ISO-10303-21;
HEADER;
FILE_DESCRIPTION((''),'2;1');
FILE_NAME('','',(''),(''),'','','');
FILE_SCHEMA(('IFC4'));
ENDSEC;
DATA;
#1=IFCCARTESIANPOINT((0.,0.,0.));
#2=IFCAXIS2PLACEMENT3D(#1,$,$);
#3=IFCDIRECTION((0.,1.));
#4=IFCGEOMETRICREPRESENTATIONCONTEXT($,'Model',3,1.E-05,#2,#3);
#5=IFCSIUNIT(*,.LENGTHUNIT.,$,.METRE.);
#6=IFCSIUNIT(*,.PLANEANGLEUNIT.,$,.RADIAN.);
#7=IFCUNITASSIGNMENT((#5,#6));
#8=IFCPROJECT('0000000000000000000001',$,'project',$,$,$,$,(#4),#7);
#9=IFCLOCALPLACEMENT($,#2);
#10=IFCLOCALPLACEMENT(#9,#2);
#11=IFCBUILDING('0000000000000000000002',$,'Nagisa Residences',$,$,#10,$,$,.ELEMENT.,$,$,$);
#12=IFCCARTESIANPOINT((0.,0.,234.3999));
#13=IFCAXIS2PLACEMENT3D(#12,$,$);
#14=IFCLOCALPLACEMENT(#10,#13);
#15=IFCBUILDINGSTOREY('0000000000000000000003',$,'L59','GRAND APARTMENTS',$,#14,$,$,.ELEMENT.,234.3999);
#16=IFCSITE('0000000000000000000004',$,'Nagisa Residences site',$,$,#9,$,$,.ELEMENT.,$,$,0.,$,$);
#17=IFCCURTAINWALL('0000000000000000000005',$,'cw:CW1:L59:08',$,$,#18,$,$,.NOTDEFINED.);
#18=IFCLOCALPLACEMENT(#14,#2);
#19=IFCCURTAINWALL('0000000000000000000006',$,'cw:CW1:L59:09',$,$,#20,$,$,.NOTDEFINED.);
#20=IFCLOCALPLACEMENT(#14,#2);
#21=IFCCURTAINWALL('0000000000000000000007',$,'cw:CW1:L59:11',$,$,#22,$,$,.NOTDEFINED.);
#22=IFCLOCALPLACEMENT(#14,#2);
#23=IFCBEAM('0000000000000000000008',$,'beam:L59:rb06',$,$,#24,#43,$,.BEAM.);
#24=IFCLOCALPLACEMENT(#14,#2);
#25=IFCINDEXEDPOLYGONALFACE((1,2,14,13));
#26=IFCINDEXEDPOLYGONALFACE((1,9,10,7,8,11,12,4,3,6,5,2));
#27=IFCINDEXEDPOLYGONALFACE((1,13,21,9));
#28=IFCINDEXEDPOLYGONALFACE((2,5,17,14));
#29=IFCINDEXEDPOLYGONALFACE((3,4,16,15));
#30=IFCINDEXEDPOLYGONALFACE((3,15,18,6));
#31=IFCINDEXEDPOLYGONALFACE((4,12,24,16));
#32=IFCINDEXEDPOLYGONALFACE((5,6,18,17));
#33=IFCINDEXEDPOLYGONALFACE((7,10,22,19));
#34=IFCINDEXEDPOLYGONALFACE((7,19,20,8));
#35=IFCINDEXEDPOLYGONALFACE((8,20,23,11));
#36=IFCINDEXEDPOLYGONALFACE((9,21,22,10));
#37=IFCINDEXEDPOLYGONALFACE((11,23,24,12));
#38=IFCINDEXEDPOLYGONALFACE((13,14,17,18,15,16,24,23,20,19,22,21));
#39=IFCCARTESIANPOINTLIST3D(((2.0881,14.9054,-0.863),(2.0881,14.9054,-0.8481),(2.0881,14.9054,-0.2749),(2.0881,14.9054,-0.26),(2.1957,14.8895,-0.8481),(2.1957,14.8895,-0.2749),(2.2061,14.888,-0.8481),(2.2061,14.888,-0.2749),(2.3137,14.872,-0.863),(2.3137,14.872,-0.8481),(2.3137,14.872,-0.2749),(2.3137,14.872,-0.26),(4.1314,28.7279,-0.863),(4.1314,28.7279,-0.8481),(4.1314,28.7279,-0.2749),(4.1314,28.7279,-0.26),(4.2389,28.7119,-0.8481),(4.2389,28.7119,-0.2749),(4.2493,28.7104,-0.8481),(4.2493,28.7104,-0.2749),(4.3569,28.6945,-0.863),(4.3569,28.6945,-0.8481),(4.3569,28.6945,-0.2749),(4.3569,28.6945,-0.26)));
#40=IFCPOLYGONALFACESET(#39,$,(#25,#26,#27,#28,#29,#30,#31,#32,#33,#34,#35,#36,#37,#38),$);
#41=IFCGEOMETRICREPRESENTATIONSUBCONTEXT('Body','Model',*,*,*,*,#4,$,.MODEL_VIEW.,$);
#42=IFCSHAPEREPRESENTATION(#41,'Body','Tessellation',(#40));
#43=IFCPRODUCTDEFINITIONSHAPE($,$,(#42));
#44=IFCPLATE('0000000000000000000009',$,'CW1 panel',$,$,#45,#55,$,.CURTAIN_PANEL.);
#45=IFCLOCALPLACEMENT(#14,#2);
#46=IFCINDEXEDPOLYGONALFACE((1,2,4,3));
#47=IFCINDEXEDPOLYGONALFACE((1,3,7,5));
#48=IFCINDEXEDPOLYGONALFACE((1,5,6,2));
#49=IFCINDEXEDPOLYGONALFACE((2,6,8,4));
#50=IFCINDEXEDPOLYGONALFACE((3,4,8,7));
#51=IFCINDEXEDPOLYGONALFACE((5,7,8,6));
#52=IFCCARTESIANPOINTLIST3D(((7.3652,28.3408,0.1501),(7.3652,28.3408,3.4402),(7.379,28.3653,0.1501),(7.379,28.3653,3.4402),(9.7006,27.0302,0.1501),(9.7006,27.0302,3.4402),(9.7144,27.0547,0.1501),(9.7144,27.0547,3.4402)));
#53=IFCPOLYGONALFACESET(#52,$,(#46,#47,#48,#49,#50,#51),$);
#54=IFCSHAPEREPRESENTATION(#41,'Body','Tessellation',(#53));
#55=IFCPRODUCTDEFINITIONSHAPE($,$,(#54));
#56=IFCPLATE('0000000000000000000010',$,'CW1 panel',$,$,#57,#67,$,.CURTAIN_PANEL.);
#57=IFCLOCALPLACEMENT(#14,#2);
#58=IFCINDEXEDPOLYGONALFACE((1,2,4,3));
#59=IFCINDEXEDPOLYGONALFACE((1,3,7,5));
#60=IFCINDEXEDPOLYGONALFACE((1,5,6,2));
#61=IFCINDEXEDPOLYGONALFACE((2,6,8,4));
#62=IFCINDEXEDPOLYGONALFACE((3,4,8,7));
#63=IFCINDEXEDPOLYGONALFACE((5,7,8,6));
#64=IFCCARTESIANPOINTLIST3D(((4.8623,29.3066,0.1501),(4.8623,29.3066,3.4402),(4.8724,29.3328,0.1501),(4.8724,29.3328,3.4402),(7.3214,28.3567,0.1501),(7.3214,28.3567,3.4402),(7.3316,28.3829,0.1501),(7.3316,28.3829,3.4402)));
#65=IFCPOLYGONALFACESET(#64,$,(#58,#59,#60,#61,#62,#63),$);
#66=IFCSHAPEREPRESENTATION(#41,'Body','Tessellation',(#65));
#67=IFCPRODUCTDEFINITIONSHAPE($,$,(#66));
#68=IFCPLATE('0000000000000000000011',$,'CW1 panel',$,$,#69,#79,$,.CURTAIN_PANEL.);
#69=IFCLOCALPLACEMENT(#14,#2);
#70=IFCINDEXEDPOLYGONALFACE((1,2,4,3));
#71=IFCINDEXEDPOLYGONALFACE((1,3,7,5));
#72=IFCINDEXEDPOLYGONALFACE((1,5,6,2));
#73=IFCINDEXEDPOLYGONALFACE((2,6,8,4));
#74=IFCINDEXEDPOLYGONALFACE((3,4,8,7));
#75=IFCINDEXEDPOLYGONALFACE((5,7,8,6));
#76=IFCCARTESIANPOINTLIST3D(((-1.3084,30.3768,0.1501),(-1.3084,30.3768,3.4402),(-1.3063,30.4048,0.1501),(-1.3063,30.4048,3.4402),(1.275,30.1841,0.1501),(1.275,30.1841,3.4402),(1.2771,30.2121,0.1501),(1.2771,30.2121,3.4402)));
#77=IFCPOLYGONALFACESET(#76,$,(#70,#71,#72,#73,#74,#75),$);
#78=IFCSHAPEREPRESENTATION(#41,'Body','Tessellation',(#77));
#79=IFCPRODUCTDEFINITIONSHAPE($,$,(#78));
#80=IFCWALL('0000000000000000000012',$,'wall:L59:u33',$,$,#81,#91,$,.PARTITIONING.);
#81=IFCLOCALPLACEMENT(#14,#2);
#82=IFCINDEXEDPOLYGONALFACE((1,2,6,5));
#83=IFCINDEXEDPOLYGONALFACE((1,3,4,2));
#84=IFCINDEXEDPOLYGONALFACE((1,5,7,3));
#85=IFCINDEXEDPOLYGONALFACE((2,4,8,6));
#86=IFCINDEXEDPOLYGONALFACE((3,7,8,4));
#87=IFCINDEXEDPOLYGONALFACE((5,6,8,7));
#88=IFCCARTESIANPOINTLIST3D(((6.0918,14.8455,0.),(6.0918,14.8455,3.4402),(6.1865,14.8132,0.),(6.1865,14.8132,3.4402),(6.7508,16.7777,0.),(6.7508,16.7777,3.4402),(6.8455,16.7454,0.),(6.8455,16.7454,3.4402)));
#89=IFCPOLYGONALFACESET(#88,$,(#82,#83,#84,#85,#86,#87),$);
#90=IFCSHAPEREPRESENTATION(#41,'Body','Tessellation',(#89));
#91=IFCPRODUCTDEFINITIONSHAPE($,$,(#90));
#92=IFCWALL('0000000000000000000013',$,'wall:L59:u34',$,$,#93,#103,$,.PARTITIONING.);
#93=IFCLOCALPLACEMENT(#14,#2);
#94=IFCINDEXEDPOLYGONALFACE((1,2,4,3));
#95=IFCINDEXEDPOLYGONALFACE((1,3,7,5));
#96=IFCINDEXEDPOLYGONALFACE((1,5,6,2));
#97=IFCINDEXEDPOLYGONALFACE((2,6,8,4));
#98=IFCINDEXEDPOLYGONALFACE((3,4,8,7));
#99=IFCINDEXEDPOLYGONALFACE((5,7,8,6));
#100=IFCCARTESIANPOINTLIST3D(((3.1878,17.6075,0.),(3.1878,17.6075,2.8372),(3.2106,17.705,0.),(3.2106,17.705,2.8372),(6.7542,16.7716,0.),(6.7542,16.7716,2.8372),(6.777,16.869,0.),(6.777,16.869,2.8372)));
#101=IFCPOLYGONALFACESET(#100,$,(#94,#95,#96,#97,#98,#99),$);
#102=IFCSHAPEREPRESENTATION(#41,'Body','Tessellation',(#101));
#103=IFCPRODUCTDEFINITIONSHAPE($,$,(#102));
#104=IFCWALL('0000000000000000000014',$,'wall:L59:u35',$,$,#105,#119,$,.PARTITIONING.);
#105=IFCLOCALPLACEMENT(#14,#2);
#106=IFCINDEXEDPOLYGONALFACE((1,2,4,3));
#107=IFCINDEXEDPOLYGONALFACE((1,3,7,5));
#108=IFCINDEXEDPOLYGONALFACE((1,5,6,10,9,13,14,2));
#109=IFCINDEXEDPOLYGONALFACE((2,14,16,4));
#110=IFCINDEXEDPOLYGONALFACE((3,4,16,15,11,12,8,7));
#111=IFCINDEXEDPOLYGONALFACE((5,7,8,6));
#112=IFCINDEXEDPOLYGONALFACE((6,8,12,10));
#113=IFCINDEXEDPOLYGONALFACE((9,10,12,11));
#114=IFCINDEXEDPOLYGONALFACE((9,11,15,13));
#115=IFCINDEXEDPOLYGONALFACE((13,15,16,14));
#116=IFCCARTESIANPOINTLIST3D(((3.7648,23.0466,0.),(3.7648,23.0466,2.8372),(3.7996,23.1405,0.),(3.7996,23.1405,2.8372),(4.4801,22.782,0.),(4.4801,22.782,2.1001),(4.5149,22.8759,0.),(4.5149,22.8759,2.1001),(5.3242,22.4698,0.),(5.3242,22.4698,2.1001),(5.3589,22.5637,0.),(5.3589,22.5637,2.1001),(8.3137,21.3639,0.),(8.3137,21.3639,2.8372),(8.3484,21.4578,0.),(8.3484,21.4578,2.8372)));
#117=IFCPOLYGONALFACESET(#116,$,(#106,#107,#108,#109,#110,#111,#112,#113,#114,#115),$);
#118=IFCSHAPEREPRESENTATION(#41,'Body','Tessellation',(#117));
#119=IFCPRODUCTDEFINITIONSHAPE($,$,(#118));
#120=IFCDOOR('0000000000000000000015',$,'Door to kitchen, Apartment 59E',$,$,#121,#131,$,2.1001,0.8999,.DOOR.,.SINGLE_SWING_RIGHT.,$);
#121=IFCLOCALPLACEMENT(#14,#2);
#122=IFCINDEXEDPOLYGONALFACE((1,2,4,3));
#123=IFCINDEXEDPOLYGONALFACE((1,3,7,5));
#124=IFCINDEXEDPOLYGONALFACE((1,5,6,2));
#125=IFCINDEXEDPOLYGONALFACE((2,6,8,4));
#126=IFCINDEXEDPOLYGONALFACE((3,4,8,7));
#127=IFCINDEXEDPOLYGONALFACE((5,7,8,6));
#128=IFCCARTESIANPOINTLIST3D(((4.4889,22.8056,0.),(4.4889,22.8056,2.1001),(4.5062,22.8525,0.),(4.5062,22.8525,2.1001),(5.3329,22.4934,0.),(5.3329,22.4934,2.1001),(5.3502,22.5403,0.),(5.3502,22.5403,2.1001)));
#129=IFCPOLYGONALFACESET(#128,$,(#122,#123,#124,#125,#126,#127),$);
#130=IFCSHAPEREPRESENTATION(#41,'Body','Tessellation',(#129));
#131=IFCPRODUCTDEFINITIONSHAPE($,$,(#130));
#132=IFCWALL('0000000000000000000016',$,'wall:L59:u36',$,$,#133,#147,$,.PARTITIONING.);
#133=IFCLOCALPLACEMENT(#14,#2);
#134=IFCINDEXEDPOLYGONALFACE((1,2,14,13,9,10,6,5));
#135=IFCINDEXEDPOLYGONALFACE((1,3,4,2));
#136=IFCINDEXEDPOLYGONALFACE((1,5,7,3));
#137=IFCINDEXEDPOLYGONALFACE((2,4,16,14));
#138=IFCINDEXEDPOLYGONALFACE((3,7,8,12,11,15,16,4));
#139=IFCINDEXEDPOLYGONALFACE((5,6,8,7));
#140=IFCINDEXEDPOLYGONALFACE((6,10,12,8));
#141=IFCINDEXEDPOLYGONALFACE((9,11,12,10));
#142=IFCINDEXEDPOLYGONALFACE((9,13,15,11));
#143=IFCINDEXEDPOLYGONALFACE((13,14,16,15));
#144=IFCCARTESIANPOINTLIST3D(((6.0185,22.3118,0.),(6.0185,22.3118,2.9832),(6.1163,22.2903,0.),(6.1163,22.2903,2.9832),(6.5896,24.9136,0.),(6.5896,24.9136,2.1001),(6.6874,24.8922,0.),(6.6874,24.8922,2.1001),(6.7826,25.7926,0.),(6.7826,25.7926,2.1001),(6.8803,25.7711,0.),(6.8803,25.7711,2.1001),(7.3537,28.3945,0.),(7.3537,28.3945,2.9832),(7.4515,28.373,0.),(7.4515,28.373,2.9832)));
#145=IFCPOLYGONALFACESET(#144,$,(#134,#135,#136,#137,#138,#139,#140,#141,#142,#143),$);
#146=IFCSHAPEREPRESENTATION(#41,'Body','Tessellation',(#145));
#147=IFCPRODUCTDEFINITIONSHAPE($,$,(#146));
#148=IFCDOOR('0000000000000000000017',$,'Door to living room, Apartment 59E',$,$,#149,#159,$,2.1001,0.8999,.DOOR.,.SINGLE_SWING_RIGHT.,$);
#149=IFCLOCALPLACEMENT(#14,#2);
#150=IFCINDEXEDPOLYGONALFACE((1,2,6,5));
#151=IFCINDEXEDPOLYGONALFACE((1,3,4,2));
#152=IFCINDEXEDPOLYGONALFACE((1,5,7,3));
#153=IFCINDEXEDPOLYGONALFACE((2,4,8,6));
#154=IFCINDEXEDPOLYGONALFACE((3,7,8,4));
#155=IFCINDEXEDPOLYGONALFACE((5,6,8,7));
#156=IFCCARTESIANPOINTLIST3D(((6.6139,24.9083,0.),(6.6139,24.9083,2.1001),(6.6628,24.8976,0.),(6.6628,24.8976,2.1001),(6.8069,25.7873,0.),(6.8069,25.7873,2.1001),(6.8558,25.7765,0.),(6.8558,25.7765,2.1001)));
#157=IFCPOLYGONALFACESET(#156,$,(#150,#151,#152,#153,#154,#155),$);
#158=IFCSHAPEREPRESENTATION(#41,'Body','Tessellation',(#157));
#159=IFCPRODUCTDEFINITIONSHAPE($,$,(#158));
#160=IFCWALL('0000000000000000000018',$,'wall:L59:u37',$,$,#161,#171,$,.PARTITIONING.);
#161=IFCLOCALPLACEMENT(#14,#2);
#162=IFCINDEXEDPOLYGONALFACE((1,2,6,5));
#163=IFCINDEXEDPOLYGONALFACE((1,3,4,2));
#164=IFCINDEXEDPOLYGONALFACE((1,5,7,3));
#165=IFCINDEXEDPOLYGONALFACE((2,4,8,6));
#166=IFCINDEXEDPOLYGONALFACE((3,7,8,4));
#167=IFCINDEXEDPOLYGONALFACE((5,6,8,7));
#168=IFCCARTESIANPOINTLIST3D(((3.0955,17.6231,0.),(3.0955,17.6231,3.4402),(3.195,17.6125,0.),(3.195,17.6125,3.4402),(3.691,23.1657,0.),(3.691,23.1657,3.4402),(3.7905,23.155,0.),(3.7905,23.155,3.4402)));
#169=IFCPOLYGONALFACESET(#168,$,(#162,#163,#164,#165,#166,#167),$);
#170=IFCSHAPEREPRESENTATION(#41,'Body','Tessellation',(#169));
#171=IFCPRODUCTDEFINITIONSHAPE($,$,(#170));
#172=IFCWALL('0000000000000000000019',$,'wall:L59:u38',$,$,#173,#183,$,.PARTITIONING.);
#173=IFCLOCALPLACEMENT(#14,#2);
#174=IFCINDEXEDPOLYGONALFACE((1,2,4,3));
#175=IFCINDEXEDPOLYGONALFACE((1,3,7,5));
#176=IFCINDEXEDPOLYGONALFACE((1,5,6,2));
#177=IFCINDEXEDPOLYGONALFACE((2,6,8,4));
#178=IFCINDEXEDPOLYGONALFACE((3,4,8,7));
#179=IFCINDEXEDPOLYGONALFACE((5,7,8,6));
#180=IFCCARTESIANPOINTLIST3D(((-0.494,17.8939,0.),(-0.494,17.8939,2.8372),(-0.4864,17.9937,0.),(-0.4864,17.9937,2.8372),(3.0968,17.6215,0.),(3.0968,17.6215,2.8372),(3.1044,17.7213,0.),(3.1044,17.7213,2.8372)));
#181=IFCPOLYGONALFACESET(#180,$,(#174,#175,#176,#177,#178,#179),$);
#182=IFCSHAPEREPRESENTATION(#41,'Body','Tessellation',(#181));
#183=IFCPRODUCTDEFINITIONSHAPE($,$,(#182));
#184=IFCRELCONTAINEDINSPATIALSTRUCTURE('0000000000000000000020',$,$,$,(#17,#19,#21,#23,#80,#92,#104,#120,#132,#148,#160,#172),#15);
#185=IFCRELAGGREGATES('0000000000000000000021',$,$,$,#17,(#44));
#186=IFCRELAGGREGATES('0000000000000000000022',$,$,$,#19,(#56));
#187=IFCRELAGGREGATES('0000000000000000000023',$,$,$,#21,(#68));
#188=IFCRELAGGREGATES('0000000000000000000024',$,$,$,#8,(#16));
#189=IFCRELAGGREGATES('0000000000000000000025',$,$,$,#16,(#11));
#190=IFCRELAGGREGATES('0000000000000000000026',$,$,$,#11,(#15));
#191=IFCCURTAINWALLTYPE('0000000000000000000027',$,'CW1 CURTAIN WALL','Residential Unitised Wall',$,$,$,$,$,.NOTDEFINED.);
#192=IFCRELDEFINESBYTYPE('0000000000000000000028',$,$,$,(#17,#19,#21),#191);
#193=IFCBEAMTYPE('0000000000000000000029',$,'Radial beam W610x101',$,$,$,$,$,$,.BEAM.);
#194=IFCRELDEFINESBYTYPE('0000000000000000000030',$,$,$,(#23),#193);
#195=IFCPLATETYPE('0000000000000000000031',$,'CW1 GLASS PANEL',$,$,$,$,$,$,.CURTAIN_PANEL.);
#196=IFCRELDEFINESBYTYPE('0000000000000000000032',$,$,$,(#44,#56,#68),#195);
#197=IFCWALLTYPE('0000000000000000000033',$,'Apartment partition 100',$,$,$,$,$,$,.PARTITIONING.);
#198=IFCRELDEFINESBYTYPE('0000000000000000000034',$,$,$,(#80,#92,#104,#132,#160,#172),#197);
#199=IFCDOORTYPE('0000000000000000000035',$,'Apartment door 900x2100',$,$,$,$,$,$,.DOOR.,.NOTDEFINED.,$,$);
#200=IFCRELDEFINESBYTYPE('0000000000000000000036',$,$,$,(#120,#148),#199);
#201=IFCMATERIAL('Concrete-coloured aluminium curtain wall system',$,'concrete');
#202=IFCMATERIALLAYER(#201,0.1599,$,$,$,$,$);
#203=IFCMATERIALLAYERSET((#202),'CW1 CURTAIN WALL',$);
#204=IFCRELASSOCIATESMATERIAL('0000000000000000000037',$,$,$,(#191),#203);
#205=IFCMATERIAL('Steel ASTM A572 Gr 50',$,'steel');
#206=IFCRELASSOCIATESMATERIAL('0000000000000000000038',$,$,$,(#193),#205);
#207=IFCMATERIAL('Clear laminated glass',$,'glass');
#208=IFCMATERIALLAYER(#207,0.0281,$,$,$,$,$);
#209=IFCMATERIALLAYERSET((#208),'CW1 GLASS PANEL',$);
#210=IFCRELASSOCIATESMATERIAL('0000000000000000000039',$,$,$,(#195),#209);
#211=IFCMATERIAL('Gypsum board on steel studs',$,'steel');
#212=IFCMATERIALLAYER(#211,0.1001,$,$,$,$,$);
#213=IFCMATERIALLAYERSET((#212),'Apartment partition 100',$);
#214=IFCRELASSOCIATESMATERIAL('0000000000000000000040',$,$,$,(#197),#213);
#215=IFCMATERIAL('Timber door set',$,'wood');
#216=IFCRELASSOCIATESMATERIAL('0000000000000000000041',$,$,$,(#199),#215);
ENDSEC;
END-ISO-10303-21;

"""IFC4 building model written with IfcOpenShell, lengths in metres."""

from ifc_helpers import new_model, si_unit, direction, frame, frame_2d, origin, origin_2d, place, context, subcontext, project, spatial, rectangle, i_section, extrude, material, layer, layer_set, material_profile, profile_set, type_object, element, fill, aggregate, save


model = new_model("IFC4")

# Units and contexts
model_context = context("Model", 3, precision=1e-05, world=origin(), true_north=direction((0.0, 1.0)))
body_context = subcontext(model_context, "Body", "Model", "MODEL_VIEW")
ifc_project = project(units=[si_unit("LENGTHUNIT", "METRE"), si_unit("PLANEANGLEUNIT", "RADIAN")], contexts=[model_context])

# Site, building, storey
site_placement = place(None, origin())
site = spatial("IfcSite", under=ifc_project, at=site_placement, Name="Nagisa Residences site", CompositionType="ELEMENT", RefElevation=0.0)
building_placement = place(site_placement, origin())
building = spatial("IfcBuilding", under=site, at=building_placement, Name="Nagisa Residences", CompositionType="ELEMENT")
storey_placement = place(building_placement, frame((0.0, 0.0, 234.3999)))
storey = spatial("IfcBuildingStorey", under=building, at=storey_placement, Name="L59", Description="GRAND APARTMENTS", CompositionType="ELEMENT", Elevation=234.3999)

# Curtain walls
ifc_material_1 = material(Name="Concrete-coloured aluminium curtain wall system", Category="concrete")
ifc_layer_1 = layer(ifc_material_1, 0.1599)
ifc_layer_set_1 = layer_set([ifc_layer_1], Name="CW1 CURTAIN WALL")
curtain_wall_type = type_object("IfcCurtainWallType", Name="CW1 CURTAIN WALL", Description="Residential Unitised Wall", PredefinedType="NOTDEFINED", material=ifc_layer_set_1)
curtain_wall_1_placement = place(storey_placement, origin())
curtain_wall_1 = element("IfcCurtainWall", 1, at=curtain_wall_1_placement, inside=storey, type_object=curtain_wall_type, Name="cw:CW1:L59:08", PredefinedType="NOTDEFINED")
curtain_wall_2_placement = place(storey_placement, origin())
curtain_wall_2 = element("IfcCurtainWall", 2, at=curtain_wall_2_placement, inside=storey, type_object=curtain_wall_type, Name="cw:CW1:L59:09", PredefinedType="NOTDEFINED")
curtain_wall_3_placement = place(storey_placement, origin())
curtain_wall_3 = element("IfcCurtainWall", 3, at=curtain_wall_3_placement, inside=storey, type_object=curtain_wall_type, Name="cw:CW1:L59:11", PredefinedType="NOTDEFINED")

# Beam
ifc_material_2 = material(Name="Steel ASTM A572 Gr 50", Category="steel")
ifc_material_profile_1 = material_profile(ifc_material_2, i_section(OverallWidth=0.228, OverallDepth=0.603, WebThickness=0.0105, FlangeThickness=0.0149, at=origin_2d()), Name="W610x101")
ifc_profile_set_1 = profile_set([ifc_material_profile_1], Name="Steel ASTM A572 Gr 50")
beam_type_1 = type_object("IfcBeamType", Name="Radial beam W610x101", PredefinedType="BEAM", material=ifc_profile_set_1)
beam_1_placement = place(storey_placement, frame((4.2441, 28.7112, -0.5615), z_axis=(-0.146229, -0.989251, 0.0), x_axis=(0.989251, -0.146229, 0.0)))
element("IfcBeam", 4, at=beam_1_placement, inside=storey, type_object=beam_type_1, Name="beam:L59:rb06", PredefinedType="BEAM", context=body_context, shape_type="SweptSolid", body=[
    extrude(i_section(OverallWidth=0.228, OverallDepth=0.603, WebThickness=0.0105, FlangeThickness=0.0149, at=origin_2d()), origin(), (0.0, 0.0, 1.0), 13.9727),
])

# Plates
ifc_material_3 = material(Name="Clear laminated glass", Category="glass")
ifc_layer_2 = layer(ifc_material_3, 0.0281)
ifc_layer_set_2 = layer_set([ifc_layer_2], Name="CW1 GLASS PANEL")
plate_type = type_object("IfcPlateType", Name="CW1 GLASS PANEL", PredefinedType="CURTAIN_PANEL", material=ifc_layer_set_2)
plate_1_placement = place(storey_placement, frame((8.5398, 27.6978, 0.1501), z_axis=(0.0, 0.0, 1.0), x_axis=(-0.872072, 0.489377, 0.0)))
plate_1 = element("IfcPlate", 5, at=plate_1_placement, type_object=plate_type, Name="CW1 panel", PredefinedType="CURTAIN_PANEL", context=body_context, shape_type="SweptSolid", body=[
    extrude(rectangle(XDim=2.678, YDim=0.0281, at=origin_2d()), origin(), (0.0, 0.0, 1.0), 3.29),
])
aggregate(curtain_wall_1, [plate_1])
plate_2_placement = place(storey_placement, frame((6.0969, 28.8447, 0.1501), z_axis=(0.0, 0.0, 1.0), x_axis=(-0.932826, 0.360328, 0.0)))
plate_2 = element("IfcPlate", 6, at=plate_2_placement, type_object=plate_type, Name="CW1 panel", PredefinedType="CURTAIN_PANEL", context=body_context, shape_type="SweptSolid", body=[
    extrude(rectangle(XDim=2.6362, YDim=0.0281, at=origin_2d()), origin(), (0.0, 0.0, 1.0), 3.29),
])
aggregate(curtain_wall_2, [plate_2])
plate_3_placement = place(storey_placement, frame((-0.0156, 30.2944, 0.1501), z_axis=(0.0, 0.0, 1.0), x_axis=(-0.99723, 0.074377, 0.0)))
plate_3 = element("IfcPlate", 7, at=plate_3_placement, type_object=plate_type, Name="CW1 panel", PredefinedType="CURTAIN_PANEL", context=body_context, shape_type="SweptSolid", body=[
    extrude(rectangle(XDim=2.5906, YDim=0.0281, at=origin_2d()), origin(), (0.0, 0.0, 1.0), 3.29),
])
aggregate(curtain_wall_3, [plate_3])

# Walls
ifc_material_4 = material(Name="Gypsum board on steel studs", Category="steel")
ifc_layer_3 = layer(ifc_material_4, 0.1001)
ifc_layer_set_3 = layer_set([ifc_layer_3], Name="Apartment partition 100")
wall_type_1 = type_object("IfcWallType", Name="Apartment partition 100", PredefinedType="PARTITIONING", material=ifc_layer_set_3)
wall_1_placement = place(storey_placement, frame((6.1392, 14.8293, 0.0), z_axis=(0.0, 0.0, 1.0), x_axis=(0.322786, 0.946472, 0.0)))
element("IfcWall", 8, at=wall_1_placement, inside=storey, type_object=wall_type_1, Name="wall:L59:u33", PredefinedType="PARTITIONING", context=body_context, shape_type="SweptSolid", body=[
    extrude(rectangle(XDim=2.0415, YDim=0.1001, at=frame_2d((1.0208, 0.0))), origin(), (0.0, 0.0, 1.0), 3.4402),
])
wall_2_placement = place(storey_placement, frame((6.7656, 16.8203, 0.0), z_axis=(0.0, 0.0, 1.0), x_axis=(-0.973613, 0.228207, 0.0)))
element("IfcWall", 9, at=wall_2_placement, inside=storey, type_object=wall_type_1, Name="wall:L59:u34", PredefinedType="PARTITIONING", context=body_context, shape_type="SweptSolid", body=[
    extrude(rectangle(XDim=3.6631, YDim=0.1001, at=frame_2d((1.8315, 0.0))), origin(), (0.0, 0.0, 1.0), 2.8372),
])

# Walls, openings, doors
wall_3_placement = place(storey_placement, frame((8.3311, 21.4109, 0.0), z_axis=(0.0, 0.0, 1.0), x_axis=(-0.937892, 0.346927, 0.0)))
wall_3 = element("IfcWall", 10, at=wall_3_placement, inside=storey, type_object=wall_type_1, Name="wall:L59:u35", PredefinedType="PARTITIONING", context=body_context, shape_type="SweptSolid", body=[
    extrude(rectangle(XDim=4.8501, YDim=0.1001, at=frame_2d((2.425, 0.0))), origin(), (0.0, 0.0, 1.0), 2.8372),
])
opening_1_placement = place(wall_3_placement, frame((3.1875, 0.0, 0.0)))
opening_1 = element("IfcOpeningElement", 11, at=opening_1_placement, cuts=wall_3, PredefinedType="OPENING", context=body_context, shape_type="SweptSolid", body=[
    extrude(rectangle(XDim=0.8999, YDim=2.1001, at=frame_2d((0.45, 1.05))), frame((0.0, 0.0601, 0.0), z_axis=(0.0, -1.0, 0.0), x_axis=(1.0, 0.0, 0.0)), (0.0, 0.0, 1.0), 0.1201),
])
ifc_material_5 = material(Name="Timber door set", Category="wood")
door_type_1 = type_object("IfcDoorType", Name="Apartment door 900x2100", OperationType="NOTDEFINED", PredefinedType="DOOR", material=ifc_material_5)
door_1_placement = place(opening_1_placement, origin())
door_1 = element("IfcDoor", 12, at=door_1_placement, inside=storey, type_object=door_type_1, Name="Door to kitchen, Apartment 59E", OperationType="SINGLE_SWING_RIGHT", OverallHeight=2.1001, OverallWidth=0.8999, PredefinedType="DOOR", context=body_context, shape_type="SweptSolid", body=[
    extrude(rectangle(XDim=0.8999, YDim=2.1001, at=frame_2d((0.45, 1.05))), frame((0.0, 0.0249, 0.0), z_axis=(0.0, -1.0, 0.0), x_axis=(1.0, 0.0, 0.0)), (0.0, 0.0, 1.0), 0.05),
])
fill(opening_1, door_1)
wall_4_placement = place(storey_placement, frame((6.0674, 22.301, 0.0), z_axis=(0.0, 0.0, 1.0), x_axis=(0.214402, 0.976746, 0.0)))
wall_4 = element("IfcWall", 13, at=wall_4_placement, inside=storey, type_object=wall_type_1, Name="wall:L59:u36", PredefinedType="PARTITIONING", context=body_context, shape_type="SweptSolid", body=[
    extrude(rectangle(XDim=6.2275, YDim=0.1001, at=frame_2d((3.1138, 0.0))), origin(), (0.0, 0.0, 1.0), 2.9832),
])
opening_2_placement = place(wall_4_placement, frame((2.6638, 0.0, 0.0)))
opening_2 = element("IfcOpeningElement", 14, at=opening_2_placement, cuts=wall_4, PredefinedType="OPENING", context=body_context, shape_type="SweptSolid", body=[
    extrude(rectangle(XDim=0.8999, YDim=2.1001, at=frame_2d((0.45, 1.05))), frame((0.0, 0.0601, 0.0), z_axis=(0.0, -1.0, 0.0), x_axis=(1.0, 0.0, 0.0)), (0.0, 0.0, 1.0), 0.1201),
])
door_2_placement = place(opening_2_placement, frame((0.8999, 0.0, 0.0), x_axis=(-1.0, 0.0, 0.0)))
door_2 = element("IfcDoor", 15, at=door_2_placement, inside=storey, type_object=door_type_1, Name="Door to living room, Apartment 59E", OperationType="SINGLE_SWING_RIGHT", OverallHeight=2.1001, OverallWidth=0.8999, PredefinedType="DOOR", context=body_context, shape_type="SweptSolid", body=[
    extrude(rectangle(XDim=0.8999, YDim=2.1001, at=frame_2d((0.45, 1.05))), frame((0.0, 0.0249, 0.0), z_axis=(0.0, -1.0, 0.0), x_axis=(1.0, 0.0, 0.0)), (0.0, 0.0, 1.0), 0.05),
])
fill(opening_2, door_2)

# Walls
wall_5_placement = place(storey_placement, frame((3.1453, 17.6179, 0.0), z_axis=(0.0, 0.0, 1.0), x_axis=(0.106821, 0.994278, 0.0)))
element("IfcWall", 16, at=wall_5_placement, inside=storey, type_object=wall_type_1, Name="wall:L59:u37", PredefinedType="PARTITIONING", context=body_context, shape_type="SweptSolid", body=[
    extrude(rectangle(XDim=5.5745, YDim=0.1001, at=frame_2d((2.7871, 0.0))), origin(), (0.0, 0.0, 1.0), 3.4402),
])
wall_6_placement = place(storey_placement, frame((3.1006, 17.6714, 0.0), z_axis=(0.0, 0.0, 1.0), x_axis=(-0.997134, 0.07566, 0.0)))
element("IfcWall", 17, at=wall_6_placement, inside=storey, type_object=wall_type_1, Name="wall:L59:u38", PredefinedType="PARTITIONING", context=body_context, shape_type="SweptSolid", body=[
    extrude(rectangle(XDim=3.6011, YDim=0.1001, at=frame_2d((1.8005, 0.0))), origin(), (0.0, 0.0, 1.0), 2.8372),
])

save(model, "model.ifc")
